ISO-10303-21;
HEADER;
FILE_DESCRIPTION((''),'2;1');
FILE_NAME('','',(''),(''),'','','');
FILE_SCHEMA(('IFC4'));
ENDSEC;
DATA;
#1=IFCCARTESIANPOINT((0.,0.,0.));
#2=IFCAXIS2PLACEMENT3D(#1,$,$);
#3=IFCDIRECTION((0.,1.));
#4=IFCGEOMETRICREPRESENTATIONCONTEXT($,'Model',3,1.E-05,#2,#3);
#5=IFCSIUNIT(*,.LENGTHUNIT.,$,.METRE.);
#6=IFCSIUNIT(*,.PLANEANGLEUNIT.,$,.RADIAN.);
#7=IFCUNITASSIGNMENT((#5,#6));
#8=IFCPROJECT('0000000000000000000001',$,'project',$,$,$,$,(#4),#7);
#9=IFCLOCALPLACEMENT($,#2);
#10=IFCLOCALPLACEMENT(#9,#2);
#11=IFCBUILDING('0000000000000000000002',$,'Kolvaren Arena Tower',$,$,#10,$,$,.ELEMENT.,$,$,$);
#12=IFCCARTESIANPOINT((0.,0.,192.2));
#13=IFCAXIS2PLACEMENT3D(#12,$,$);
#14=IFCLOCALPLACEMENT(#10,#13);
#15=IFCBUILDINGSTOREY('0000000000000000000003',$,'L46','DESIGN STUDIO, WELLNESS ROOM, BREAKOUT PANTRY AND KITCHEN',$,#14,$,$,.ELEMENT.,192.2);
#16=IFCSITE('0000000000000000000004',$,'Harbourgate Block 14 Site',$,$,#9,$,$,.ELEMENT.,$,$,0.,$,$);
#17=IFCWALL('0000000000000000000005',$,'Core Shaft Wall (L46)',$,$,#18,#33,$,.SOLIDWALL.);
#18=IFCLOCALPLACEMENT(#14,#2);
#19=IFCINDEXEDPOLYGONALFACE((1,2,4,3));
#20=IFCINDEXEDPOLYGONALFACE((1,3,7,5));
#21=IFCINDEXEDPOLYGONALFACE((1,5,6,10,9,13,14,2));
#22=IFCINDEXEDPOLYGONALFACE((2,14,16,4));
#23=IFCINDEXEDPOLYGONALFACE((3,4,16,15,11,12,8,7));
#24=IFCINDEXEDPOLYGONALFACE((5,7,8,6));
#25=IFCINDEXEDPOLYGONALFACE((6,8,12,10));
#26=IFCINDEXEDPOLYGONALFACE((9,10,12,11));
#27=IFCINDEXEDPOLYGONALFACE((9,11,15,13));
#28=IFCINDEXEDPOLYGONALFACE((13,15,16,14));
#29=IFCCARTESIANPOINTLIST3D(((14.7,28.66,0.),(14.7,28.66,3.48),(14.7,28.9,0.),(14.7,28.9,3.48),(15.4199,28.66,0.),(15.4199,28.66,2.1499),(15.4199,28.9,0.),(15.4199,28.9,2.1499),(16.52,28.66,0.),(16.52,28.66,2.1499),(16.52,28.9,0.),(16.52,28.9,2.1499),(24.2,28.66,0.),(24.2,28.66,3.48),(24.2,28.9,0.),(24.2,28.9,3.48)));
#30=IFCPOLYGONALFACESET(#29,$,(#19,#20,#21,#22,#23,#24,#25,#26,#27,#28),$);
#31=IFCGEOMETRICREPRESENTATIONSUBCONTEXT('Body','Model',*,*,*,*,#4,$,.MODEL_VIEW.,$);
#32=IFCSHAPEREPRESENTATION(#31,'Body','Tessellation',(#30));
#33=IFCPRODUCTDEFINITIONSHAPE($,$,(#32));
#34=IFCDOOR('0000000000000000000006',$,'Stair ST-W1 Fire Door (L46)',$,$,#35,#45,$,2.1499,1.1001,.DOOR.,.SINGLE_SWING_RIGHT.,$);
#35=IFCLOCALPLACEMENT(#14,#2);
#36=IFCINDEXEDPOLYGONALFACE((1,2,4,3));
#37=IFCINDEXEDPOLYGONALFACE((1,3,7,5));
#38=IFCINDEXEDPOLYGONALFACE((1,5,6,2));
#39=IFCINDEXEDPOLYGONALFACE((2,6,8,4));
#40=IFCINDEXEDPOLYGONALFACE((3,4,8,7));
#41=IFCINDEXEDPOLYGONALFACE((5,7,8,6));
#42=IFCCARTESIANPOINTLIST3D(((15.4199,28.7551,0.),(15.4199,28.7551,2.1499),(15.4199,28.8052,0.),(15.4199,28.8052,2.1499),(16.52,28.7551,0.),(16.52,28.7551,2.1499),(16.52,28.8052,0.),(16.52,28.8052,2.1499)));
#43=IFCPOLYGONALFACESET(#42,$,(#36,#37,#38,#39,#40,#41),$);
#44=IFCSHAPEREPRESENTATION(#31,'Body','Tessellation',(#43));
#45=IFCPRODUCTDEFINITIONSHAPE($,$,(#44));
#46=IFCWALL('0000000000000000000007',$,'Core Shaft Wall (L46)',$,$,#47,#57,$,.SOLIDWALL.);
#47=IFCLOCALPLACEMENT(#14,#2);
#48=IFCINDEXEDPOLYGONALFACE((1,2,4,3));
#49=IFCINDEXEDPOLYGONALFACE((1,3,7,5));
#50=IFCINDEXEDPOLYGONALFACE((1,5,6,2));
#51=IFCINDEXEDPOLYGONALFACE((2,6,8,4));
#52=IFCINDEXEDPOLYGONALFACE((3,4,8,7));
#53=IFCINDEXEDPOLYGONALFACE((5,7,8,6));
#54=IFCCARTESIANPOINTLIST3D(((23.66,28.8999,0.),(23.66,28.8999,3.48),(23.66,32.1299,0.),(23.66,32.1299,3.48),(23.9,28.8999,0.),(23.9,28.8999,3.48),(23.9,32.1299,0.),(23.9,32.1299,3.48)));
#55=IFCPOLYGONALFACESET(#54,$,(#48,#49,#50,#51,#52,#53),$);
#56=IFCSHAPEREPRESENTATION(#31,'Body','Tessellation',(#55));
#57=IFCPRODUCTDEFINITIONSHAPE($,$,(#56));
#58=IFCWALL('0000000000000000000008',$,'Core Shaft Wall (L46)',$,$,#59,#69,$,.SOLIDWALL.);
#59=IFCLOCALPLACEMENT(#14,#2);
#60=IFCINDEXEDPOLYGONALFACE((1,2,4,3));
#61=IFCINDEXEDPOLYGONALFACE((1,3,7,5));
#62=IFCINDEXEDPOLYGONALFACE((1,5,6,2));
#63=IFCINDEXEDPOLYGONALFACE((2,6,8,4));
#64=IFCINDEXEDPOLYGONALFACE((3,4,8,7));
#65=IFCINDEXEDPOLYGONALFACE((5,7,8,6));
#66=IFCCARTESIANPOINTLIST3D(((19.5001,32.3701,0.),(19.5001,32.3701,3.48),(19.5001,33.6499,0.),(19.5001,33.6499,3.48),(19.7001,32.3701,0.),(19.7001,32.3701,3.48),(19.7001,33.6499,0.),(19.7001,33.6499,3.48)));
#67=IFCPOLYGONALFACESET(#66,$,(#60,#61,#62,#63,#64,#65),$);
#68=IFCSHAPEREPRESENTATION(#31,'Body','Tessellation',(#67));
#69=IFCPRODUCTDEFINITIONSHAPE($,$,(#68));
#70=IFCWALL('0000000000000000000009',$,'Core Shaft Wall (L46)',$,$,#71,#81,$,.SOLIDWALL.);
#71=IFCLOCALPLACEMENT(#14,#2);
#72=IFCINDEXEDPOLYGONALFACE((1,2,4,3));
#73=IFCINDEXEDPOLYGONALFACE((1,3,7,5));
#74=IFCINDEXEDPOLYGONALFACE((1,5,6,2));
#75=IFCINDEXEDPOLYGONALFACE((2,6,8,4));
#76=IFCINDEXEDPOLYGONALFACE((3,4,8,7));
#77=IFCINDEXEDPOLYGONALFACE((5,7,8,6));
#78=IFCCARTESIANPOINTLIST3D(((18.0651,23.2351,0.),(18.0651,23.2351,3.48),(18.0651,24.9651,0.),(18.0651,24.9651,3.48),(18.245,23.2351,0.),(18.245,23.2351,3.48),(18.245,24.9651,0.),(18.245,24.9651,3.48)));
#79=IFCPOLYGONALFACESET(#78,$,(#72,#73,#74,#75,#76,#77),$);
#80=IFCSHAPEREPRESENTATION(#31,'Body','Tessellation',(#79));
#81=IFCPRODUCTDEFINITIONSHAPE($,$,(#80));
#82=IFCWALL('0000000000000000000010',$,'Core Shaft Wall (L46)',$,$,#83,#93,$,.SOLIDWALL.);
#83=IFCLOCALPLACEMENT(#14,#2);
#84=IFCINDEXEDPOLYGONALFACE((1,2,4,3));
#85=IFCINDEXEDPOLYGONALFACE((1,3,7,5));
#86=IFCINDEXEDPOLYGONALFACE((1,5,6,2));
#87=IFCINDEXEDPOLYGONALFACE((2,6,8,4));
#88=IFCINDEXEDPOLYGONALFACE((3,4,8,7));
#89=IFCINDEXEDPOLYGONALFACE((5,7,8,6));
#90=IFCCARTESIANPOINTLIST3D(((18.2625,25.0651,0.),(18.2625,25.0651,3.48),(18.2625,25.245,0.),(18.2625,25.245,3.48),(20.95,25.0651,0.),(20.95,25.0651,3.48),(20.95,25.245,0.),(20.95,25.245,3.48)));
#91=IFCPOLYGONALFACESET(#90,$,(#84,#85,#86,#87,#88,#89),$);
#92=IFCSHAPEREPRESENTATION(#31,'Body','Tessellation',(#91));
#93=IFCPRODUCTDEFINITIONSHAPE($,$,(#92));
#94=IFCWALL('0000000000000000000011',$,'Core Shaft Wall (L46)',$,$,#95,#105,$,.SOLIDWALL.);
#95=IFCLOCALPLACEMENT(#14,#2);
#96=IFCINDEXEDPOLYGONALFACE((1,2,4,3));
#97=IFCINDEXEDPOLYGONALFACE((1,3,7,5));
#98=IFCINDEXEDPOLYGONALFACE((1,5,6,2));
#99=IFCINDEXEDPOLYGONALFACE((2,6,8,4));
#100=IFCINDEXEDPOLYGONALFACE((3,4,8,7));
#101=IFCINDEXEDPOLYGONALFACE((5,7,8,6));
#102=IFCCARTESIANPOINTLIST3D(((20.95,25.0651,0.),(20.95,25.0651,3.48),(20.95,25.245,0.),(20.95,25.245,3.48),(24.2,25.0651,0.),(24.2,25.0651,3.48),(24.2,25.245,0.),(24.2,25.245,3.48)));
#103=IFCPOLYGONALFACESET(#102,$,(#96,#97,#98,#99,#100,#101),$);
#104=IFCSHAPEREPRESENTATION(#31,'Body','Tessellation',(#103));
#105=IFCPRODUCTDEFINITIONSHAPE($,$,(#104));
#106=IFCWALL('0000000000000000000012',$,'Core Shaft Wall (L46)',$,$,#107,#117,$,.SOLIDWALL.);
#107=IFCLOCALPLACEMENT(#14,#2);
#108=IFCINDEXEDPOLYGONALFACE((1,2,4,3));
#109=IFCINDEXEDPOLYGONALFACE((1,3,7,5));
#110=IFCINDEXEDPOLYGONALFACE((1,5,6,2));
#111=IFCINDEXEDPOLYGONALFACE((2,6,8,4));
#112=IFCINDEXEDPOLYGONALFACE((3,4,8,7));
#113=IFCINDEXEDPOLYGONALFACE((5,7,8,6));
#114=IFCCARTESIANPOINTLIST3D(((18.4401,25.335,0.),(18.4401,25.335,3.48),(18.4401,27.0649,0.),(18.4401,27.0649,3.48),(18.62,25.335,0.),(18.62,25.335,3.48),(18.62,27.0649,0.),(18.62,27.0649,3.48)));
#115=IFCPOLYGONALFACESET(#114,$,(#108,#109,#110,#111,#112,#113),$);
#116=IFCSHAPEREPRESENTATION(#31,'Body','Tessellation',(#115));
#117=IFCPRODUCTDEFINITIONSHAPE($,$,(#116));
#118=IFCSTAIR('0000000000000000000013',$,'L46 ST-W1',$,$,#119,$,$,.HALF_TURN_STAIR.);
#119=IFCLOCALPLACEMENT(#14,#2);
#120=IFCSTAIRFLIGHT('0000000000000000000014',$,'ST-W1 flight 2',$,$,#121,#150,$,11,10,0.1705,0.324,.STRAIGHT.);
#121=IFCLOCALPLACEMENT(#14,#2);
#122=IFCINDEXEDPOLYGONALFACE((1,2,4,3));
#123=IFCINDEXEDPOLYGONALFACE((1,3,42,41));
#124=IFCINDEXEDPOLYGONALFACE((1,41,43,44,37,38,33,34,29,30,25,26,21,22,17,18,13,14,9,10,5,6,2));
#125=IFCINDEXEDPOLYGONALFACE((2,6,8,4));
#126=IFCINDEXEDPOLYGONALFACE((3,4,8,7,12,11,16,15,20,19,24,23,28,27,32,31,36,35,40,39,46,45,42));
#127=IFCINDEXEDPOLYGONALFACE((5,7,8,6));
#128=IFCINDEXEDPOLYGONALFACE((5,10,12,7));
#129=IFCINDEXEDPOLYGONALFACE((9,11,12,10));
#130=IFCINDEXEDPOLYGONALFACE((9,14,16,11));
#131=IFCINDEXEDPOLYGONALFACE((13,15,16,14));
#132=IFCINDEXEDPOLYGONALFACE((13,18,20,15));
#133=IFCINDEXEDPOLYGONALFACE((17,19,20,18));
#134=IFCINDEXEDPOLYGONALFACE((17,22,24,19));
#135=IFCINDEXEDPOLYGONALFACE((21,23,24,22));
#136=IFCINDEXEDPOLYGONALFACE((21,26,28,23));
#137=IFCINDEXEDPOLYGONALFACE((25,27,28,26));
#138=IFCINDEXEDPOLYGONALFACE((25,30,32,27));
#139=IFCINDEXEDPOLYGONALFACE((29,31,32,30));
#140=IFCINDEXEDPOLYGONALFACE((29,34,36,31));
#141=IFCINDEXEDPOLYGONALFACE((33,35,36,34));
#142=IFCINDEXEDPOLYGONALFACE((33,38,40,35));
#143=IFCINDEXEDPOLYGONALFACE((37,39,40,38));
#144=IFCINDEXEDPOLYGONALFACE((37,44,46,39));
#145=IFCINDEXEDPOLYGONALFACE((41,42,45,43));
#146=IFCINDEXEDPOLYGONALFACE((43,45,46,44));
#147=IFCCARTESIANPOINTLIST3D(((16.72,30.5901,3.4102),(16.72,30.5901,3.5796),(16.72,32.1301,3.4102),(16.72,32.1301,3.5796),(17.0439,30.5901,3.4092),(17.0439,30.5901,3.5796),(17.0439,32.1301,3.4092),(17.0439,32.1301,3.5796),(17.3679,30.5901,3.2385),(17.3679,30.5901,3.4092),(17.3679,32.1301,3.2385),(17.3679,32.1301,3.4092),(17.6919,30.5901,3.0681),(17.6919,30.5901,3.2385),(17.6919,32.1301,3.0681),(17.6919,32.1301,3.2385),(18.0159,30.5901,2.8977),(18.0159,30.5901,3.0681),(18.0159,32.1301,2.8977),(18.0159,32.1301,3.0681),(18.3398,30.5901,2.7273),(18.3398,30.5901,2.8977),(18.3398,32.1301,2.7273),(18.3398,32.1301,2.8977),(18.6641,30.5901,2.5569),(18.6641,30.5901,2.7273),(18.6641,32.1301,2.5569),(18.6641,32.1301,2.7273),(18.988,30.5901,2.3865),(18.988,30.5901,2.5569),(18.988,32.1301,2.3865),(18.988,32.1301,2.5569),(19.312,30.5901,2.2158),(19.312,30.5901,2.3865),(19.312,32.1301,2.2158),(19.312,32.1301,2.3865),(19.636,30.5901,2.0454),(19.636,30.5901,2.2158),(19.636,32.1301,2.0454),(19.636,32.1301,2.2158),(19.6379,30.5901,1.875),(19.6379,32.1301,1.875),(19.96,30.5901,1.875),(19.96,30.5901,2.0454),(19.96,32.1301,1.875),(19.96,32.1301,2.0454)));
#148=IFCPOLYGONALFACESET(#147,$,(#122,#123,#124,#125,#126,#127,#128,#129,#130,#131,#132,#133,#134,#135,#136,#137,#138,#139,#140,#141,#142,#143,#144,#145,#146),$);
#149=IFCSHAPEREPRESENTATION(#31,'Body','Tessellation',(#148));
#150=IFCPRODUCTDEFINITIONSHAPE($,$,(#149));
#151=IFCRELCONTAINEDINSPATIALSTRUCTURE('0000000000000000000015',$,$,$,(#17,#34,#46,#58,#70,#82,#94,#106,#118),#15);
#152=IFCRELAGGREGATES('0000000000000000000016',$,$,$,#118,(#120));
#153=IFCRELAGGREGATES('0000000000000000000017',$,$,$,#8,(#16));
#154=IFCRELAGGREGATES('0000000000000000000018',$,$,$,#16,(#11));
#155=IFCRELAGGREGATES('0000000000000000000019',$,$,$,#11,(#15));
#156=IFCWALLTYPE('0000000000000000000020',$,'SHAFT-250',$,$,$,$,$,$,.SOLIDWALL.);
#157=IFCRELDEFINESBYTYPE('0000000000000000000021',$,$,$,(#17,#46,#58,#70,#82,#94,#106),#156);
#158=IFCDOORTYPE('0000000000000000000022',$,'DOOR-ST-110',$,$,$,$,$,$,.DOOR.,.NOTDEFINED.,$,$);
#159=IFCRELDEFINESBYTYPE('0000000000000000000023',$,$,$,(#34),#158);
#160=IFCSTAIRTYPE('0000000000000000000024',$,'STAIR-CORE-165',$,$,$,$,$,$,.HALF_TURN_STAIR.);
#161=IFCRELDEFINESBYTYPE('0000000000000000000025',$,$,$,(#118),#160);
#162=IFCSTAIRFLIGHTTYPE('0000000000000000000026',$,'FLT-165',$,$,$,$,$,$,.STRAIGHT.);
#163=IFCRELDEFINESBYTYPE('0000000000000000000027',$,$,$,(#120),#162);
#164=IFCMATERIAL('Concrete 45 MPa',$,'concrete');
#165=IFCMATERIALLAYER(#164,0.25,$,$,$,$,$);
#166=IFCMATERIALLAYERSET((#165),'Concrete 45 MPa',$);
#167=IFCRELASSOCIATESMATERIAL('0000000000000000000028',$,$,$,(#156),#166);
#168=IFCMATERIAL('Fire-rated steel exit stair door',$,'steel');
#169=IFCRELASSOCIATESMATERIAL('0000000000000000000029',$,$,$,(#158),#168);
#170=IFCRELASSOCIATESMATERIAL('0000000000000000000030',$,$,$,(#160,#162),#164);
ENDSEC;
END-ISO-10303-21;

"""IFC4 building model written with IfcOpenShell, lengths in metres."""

from ifc_helpers import new_model, si_unit, direction, frame, frame_2d, origin, place, context, subcontext, project, spatial, polyline, rectangle, outline, extrude, material, layer, layer_set, type_object, element, fill, aggregate, save


model = new_model("IFC4")

# Units and contexts
model_context = context("Model", 3, precision=1e-05, world=origin(), true_north=direction((0.0, 1.0)))
body_context = subcontext(model_context, "Body", "Model", "MODEL_VIEW")
ifc_project = project(units=[si_unit("LENGTHUNIT", "METRE"), si_unit("PLANEANGLEUNIT", "RADIAN")], contexts=[model_context])

# Site, building, storey
site_placement = place(None, origin())
site = spatial("IfcSite", under=ifc_project, at=site_placement, Name="Harbourgate Block 14 Site", CompositionType="ELEMENT", RefElevation=0.0)
building_placement = place(site_placement, origin())
building = spatial("IfcBuilding", under=site, at=building_placement, Name="Kolvaren Arena Tower", CompositionType="ELEMENT")
storey_placement = place(building_placement, frame((0.0, 0.0, 192.2)))
storey = spatial("IfcBuildingStorey", under=building, at=storey_placement, Name="L46", Description="DESIGN STUDIO, WELLNESS ROOM, BREAKOUT PANTRY AND KITCHEN", CompositionType="ELEMENT", Elevation=192.2)

# Wall, opening, door
ifc_material_1 = material(Name="Concrete 45 MPa", Category="concrete")
ifc_layer = layer(ifc_material_1, 0.25)
ifc_layer_set = layer_set([ifc_layer], Name="Concrete 45 MPa")
wall_type = type_object("IfcWallType", Name="SHAFT-250", PredefinedType="SOLIDWALL", material=ifc_layer_set)
wall_1_placement = place(storey_placement, frame((24.2, 28.78, 0.0), z_axis=(0.0, 0.0, 1.0), x_axis=(-1.0, 0.0, 0.0)))
wall_1 = element("IfcWall", 1, at=wall_1_placement, inside=storey, type_object=wall_type, Name="Core Shaft Wall (L46)", PredefinedType="SOLIDWALL", context=body_context, shape_type="SweptSolid", body=[
    extrude(rectangle(XDim=9.5, YDim=0.24, at=frame_2d((4.75, 0.0))), origin(), (0.0, 0.0, 1.0), 3.48),
])
opening_placement = place(wall_1_placement, frame((7.6799, 0.0, 0.0)))
opening = element("IfcOpeningElement", 2, at=opening_placement, cuts=wall_1, PredefinedType="OPENING", context=body_context, shape_type="SweptSolid", body=[
    extrude(rectangle(XDim=1.1001, YDim=2.1499, at=frame_2d((0.55, 1.075))), frame((0.0, 0.1299, 0.0), z_axis=(0.0, -1.0, 0.0), x_axis=(1.0, 0.0, 0.0)), (0.0, 0.0, 1.0), 0.26),
])
ifc_material_2 = material(Name="Fire-rated steel exit stair door", Category="steel")
door_type = type_object("IfcDoorType", Name="DOOR-ST-110", OperationType="NOTDEFINED", PredefinedType="DOOR", material=ifc_material_2)
door_placement = place(opening_placement, origin())
door = element("IfcDoor", 3, at=door_placement, inside=storey, type_object=door_type, Name="Stair ST-W1 Fire Door (L46)", OperationType="SINGLE_SWING_RIGHT", OverallHeight=2.1499, OverallWidth=1.1001, PredefinedType="DOOR", context=body_context, shape_type="SweptSolid", body=[
    extrude(rectangle(XDim=1.1001, YDim=2.1499, at=frame_2d((0.55, 1.075))), frame((0.0, 0.0249, 0.0), z_axis=(0.0, -1.0, 0.0), x_axis=(1.0, 0.0, 0.0)), (0.0, 0.0, 1.0), 0.05),
])
fill(opening, door)

# Walls
wall_2_placement = place(storey_placement, frame((23.78, 28.8999, 0.0), z_axis=(0.0, 0.0, 1.0), x_axis=(0.0, 1.0, 0.0)))
element("IfcWall", 4, at=wall_2_placement, inside=storey, type_object=wall_type, Name="Core Shaft Wall (L46)", PredefinedType="SOLIDWALL", context=body_context, shape_type="SweptSolid", body=[
    extrude(rectangle(XDim=3.23, YDim=0.24, at=frame_2d((1.615, 0.0))), origin(), (0.0, 0.0, 1.0), 3.48),
])
wall_3_placement = place(storey_placement, frame((19.6001, 32.3701, 0.0), z_axis=(0.0, 0.0, 1.0), x_axis=(0.0, 1.0, 0.0)))
element("IfcWall", 5, at=wall_3_placement, inside=storey, type_object=wall_type, Name="Core Shaft Wall (L46)", PredefinedType="SOLIDWALL", context=body_context, shape_type="SweptSolid", body=[
    extrude(rectangle(XDim=1.2798, YDim=0.2, at=frame_2d((0.6399, 0.0))), origin(), (0.0, 0.0, 1.0), 3.48),
])
wall_4_placement = place(storey_placement, frame((18.155, 23.2351, 0.0), z_axis=(0.0, 0.0, 1.0), x_axis=(0.0, 1.0, 0.0)))
element("IfcWall", 6, at=wall_4_placement, inside=storey, type_object=wall_type, Name="Core Shaft Wall (L46)", PredefinedType="SOLIDWALL", context=body_context, shape_type="SweptSolid", body=[
    extrude(rectangle(XDim=1.73, YDim=0.1799, at=frame_2d((0.865, 0.0))), origin(), (0.0, 0.0, 1.0), 3.48),
])
wall_5_placement = place(storey_placement, frame((18.2625, 25.155, 0.0), z_axis=(0.0, 0.0, 1.0), x_axis=(1.0, 0.0, 0.0)))
element("IfcWall", 7, at=wall_5_placement, inside=storey, type_object=wall_type, Name="Core Shaft Wall (L46)", PredefinedType="SOLIDWALL", context=body_context, shape_type="SweptSolid", body=[
    extrude(rectangle(XDim=2.6875, YDim=0.1799, at=frame_2d((1.3438, 0.0))), origin(), (0.0, 0.0, 1.0), 3.48),
])
wall_6_placement = place(storey_placement, frame((20.95, 25.155, 0.0), z_axis=(0.0, 0.0, 1.0), x_axis=(1.0, 0.0, 0.0)))
element("IfcWall", 8, at=wall_6_placement, inside=storey, type_object=wall_type, Name="Core Shaft Wall (L46)", PredefinedType="SOLIDWALL", context=body_context, shape_type="SweptSolid", body=[
    extrude(rectangle(XDim=3.25, YDim=0.1799, at=frame_2d((1.625, 0.0))), origin(), (0.0, 0.0, 1.0), 3.48),
])
wall_7_placement = place(storey_placement, frame((18.53, 25.335, 0.0), z_axis=(0.0, 0.0, 1.0), x_axis=(0.0, 1.0, 0.0)))
element("IfcWall", 9, at=wall_7_placement, inside=storey, type_object=wall_type, Name="Core Shaft Wall (L46)", PredefinedType="SOLIDWALL", context=body_context, shape_type="SweptSolid", body=[
    extrude(rectangle(XDim=1.73, YDim=0.1799, at=frame_2d((0.865, 0.0))), origin(), (0.0, 0.0, 1.0), 3.48),
])

# Stair, stair flight
stair_type = type_object("IfcStairType", Name="STAIR-CORE-165", PredefinedType="HALF_TURN_STAIR", material=ifc_material_1)
stair_placement = place(storey_placement, origin())
stair = element("IfcStair", 10, at=stair_placement, inside=storey, type_object=stair_type, Name="L46 ST-W1", PredefinedType="HALF_TURN_STAIR")
stair_flight_type = type_object("IfcStairFlightType", Name="FLT-165", PredefinedType="STRAIGHT", material=ifc_material_1)
stair_flight_placement = place(storey_placement, frame((19.96, 31.3601, 1.875), z_axis=(0.0, 0.0, 1.0), x_axis=(-1.0, 0.0, 0.0)))
stair_flight = element("IfcStairFlight", 11, at=stair_flight_placement, type_object=stair_flight_type, Name="ST-W1 flight 2", NumberOfRisers=11, NumberOfTreads=10, PredefinedType="STRAIGHT", RiserHeight=0.1705, TreadLength=0.324, context=body_context, shape_type="SweptSolid", body=[
    extrude(outline(polyline([(0.0, 0.0), (0.0, 0.1704), (0.324, 0.1704), (0.324, 0.3408), (0.6479, 0.3408), (0.6479, 0.5115), (0.9719, 0.5115), (0.9719, 0.6819), (1.2959, 0.6819), (1.2959, 0.8523), (1.6201, 0.8523), (1.6201, 1.0227), (1.9441, 1.0227), (1.9441, 1.1931), (2.2681, 1.1931), (2.2681, 1.3635), (2.592, 1.3635), (2.592, 1.5342), (2.916, 1.5342), (2.916, 1.7046), (3.24, 1.7046), (3.24, 1.875), (3.24, 1.5352), (0.322, 0.0), (0.0, 0.0)])), frame((0.0, 0.77, 0.0), z_axis=(0.0, -1.0, 0.0), x_axis=(1.0, 0.0, 0.0)), (0.0, 0.0, 1.0), 1.54),
])
aggregate(stair, [stair_flight])

save(model, "model.ifc")
